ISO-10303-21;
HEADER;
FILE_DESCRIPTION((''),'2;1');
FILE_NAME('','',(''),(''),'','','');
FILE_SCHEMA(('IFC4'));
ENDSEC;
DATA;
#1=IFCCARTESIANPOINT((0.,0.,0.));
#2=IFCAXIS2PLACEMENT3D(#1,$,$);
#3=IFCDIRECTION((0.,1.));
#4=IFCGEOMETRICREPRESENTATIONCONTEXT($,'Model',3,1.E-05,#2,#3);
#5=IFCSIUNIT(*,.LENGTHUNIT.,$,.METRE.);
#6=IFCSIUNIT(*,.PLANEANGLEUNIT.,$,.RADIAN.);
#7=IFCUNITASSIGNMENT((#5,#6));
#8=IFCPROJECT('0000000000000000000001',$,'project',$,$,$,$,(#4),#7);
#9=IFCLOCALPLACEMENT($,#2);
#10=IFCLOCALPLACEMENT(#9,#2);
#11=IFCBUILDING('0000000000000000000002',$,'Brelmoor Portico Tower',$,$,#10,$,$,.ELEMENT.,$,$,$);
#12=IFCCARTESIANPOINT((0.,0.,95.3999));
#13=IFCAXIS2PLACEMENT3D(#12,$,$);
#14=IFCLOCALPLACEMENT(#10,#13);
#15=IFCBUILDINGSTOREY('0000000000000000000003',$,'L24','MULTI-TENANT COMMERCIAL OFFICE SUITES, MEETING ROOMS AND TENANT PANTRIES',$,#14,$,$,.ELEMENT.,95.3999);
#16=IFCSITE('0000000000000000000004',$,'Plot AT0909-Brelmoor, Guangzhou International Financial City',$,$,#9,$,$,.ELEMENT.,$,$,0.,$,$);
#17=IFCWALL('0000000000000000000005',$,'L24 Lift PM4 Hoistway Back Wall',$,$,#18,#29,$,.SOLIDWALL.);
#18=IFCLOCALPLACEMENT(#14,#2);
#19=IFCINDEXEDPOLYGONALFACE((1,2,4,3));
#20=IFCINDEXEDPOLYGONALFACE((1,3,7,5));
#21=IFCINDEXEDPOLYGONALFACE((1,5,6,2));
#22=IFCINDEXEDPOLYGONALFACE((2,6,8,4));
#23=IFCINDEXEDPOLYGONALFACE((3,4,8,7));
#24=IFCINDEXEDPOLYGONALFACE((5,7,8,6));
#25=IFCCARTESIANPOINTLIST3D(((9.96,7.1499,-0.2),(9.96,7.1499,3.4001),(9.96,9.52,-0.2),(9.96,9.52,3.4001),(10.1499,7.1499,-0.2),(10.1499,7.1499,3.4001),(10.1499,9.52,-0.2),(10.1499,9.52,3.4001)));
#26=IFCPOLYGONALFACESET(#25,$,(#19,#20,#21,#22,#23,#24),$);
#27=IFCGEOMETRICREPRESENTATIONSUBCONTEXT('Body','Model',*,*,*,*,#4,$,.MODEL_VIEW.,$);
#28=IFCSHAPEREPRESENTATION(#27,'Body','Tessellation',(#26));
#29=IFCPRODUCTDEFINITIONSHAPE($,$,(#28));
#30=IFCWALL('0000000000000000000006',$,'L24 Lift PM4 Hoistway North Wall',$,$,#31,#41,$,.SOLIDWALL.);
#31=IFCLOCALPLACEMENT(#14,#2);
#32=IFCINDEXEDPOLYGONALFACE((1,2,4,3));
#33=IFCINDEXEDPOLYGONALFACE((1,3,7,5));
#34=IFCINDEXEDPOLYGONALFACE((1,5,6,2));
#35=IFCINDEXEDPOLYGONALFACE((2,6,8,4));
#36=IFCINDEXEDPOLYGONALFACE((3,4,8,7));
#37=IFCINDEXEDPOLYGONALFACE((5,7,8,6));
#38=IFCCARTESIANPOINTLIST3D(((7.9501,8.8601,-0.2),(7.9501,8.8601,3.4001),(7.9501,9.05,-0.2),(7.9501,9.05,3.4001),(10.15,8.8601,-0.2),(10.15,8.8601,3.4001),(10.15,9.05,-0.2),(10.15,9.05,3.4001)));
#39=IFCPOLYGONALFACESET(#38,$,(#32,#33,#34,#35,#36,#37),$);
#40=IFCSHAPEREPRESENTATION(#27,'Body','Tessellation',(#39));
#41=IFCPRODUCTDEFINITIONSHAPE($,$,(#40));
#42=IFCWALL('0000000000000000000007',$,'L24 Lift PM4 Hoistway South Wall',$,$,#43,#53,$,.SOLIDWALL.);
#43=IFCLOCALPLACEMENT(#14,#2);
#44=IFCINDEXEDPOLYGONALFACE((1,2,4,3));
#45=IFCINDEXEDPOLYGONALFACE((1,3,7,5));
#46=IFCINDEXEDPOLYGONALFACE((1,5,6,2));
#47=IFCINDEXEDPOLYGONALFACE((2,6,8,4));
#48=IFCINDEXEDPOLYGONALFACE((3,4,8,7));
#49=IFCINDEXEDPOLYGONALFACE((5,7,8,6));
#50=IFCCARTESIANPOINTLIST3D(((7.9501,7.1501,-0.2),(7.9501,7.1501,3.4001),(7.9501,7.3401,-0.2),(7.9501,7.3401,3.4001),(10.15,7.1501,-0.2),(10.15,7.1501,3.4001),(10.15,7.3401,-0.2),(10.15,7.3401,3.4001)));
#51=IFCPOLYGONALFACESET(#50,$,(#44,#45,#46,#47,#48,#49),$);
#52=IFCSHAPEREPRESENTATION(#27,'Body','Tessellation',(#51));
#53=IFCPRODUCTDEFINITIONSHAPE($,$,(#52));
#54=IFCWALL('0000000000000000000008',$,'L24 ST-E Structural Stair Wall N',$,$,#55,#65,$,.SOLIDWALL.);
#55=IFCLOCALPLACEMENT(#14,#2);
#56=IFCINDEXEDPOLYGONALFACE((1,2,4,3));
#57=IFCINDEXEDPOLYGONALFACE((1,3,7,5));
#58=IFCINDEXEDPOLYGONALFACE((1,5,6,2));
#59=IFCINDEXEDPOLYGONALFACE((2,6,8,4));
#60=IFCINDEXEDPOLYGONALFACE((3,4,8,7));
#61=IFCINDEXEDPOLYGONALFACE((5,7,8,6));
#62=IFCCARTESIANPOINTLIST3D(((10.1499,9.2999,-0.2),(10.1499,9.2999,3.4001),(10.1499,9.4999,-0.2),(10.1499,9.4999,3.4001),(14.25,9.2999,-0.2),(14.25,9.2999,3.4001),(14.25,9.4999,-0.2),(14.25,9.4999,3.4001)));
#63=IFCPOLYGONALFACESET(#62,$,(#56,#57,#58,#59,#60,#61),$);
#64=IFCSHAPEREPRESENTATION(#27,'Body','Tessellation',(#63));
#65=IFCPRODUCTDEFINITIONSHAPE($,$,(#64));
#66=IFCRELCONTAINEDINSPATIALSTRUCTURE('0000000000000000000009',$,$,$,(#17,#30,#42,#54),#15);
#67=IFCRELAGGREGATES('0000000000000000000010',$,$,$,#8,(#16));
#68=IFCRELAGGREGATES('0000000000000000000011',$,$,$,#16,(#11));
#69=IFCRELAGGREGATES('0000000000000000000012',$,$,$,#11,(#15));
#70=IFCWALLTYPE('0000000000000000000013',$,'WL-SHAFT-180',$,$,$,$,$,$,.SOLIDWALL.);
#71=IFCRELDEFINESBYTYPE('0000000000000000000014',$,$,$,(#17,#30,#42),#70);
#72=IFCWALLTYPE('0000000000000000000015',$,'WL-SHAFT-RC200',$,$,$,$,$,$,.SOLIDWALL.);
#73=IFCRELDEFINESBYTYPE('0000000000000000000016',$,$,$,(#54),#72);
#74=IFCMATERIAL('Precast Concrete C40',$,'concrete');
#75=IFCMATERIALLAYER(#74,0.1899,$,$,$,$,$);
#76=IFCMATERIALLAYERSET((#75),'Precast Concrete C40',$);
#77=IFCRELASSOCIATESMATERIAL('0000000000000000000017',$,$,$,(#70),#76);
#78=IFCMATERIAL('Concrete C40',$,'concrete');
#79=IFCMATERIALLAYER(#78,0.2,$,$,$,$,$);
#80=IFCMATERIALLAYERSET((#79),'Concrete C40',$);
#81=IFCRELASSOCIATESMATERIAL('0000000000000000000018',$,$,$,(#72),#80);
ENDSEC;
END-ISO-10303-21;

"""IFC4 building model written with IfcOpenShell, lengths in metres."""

from ifc_helpers import new_model, si_unit, direction, frame, frame_2d, origin, place, context, subcontext, project, spatial, rectangle, extrude, material, layer, layer_set, type_object, element, save


model = new_model("IFC4")

# Units and contexts
model_context = context("Model", 3, precision=1e-05, world=origin(), true_north=direction((0.0, 1.0)))
body_context = subcontext(model_context, "Body", "Model", "MODEL_VIEW")
ifc_project = project(units=[si_unit("LENGTHUNIT", "METRE"), si_unit("PLANEANGLEUNIT", "RADIAN")], contexts=[model_context])

# Site, building, storey
site_placement = place(None, origin())
site = spatial("IfcSite", under=ifc_project, at=site_placement, Name="Plot AT0909-Brelmoor, Guangzhou International Financial City", CompositionType="ELEMENT", RefElevation=0.0)
building_placement = place(site_placement, origin())
building = spatial("IfcBuilding", under=site, at=building_placement, Name="Brelmoor Portico Tower", CompositionType="ELEMENT")
storey_placement = place(building_placement, frame((0.0, 0.0, 95.3999)))
storey = spatial("IfcBuildingStorey", under=building, at=storey_placement, Name="L24", Description="MULTI-TENANT COMMERCIAL OFFICE SUITES, MEETING ROOMS AND TENANT PANTRIES", CompositionType="ELEMENT", Elevation=95.3999)

# Shared definitions
ifc_material_1 = material(Name="Precast Concrete C40", Category="concrete")
ifc_layer_1 = layer(ifc_material_1, 0.1899)
ifc_layer_set_1 = layer_set([ifc_layer_1], Name="Precast Concrete C40")
wall_type_1 = type_object("IfcWallType", Name="WL-SHAFT-180", PredefinedType="SOLIDWALL", material=ifc_layer_set_1)

# Walls
wall_1_placement = place(storey_placement, frame((10.0549, 7.1499, -0.2), z_axis=(0.0, 0.0, 1.0), x_axis=(0.0, 1.0, 0.0)))
element("IfcWall", 1, at=wall_1_placement, inside=storey, type_object=wall_type_1, Name="L24 Lift PM4 Hoistway Back Wall", PredefinedType="SOLIDWALL", context=body_context, shape_type="SweptSolid", body=[
    extrude(rectangle(XDim=2.3701, YDim=0.1899, at=frame_2d((1.1851, 0.0))), origin(), (0.0, 0.0, 1.0), 3.6001),
])
for number, where, z_axis, x_axis, name in (
    (2, (7.95, 8.9551, -0.2), (0.0, 0.0, 1.0), (1.0, 0.0, 0.0), "L24 Lift PM4 Hoistway North Wall"),
    (3, (7.95, 7.2451, -0.2), (0.0, 0.0, 1.0), (1.0, 0.0, 0.0), "L24 Lift PM4 Hoistway South Wall"),
):
    element("IfcWall", number, at=place(storey_placement, frame(where, z_axis=z_axis, x_axis=x_axis)), inside=storey, type_object=wall_type_1, Name=name, PredefinedType="SOLIDWALL", context=body_context, shape_type="SweptSolid", body=[
        extrude(rectangle(XDim=2.2, YDim=0.1899, at=frame_2d((1.1001, 0.0))), origin(), (0.0, 0.0, 1.0), 3.6001),
    ])
ifc_material_2 = material(Name="Concrete C40", Category="concrete")
ifc_layer_2 = layer(ifc_material_2, 0.2)
ifc_layer_set_2 = layer_set([ifc_layer_2], Name="Concrete C40")
wall_type_2 = type_object("IfcWallType", Name="WL-SHAFT-RC200", PredefinedType="SOLIDWALL", material=ifc_layer_set_2)
wall_2_placement = place(storey_placement, frame((10.1499, 9.3999, -0.2), z_axis=(0.0, 0.0, 1.0), x_axis=(1.0, 0.0, 0.0)))
element("IfcWall", 4, at=wall_2_placement, inside=storey, type_object=wall_type_2, Name="L24 ST-E Structural Stair Wall N", PredefinedType="SOLIDWALL", context=body_context, shape_type="SweptSolid", body=[
    extrude(rectangle(XDim=4.1001, YDim=0.2, at=frame_2d((2.05, 0.0))), origin(), (0.0, 0.0, 1.0), 3.6001),
])

save(model, "model.ifc")
